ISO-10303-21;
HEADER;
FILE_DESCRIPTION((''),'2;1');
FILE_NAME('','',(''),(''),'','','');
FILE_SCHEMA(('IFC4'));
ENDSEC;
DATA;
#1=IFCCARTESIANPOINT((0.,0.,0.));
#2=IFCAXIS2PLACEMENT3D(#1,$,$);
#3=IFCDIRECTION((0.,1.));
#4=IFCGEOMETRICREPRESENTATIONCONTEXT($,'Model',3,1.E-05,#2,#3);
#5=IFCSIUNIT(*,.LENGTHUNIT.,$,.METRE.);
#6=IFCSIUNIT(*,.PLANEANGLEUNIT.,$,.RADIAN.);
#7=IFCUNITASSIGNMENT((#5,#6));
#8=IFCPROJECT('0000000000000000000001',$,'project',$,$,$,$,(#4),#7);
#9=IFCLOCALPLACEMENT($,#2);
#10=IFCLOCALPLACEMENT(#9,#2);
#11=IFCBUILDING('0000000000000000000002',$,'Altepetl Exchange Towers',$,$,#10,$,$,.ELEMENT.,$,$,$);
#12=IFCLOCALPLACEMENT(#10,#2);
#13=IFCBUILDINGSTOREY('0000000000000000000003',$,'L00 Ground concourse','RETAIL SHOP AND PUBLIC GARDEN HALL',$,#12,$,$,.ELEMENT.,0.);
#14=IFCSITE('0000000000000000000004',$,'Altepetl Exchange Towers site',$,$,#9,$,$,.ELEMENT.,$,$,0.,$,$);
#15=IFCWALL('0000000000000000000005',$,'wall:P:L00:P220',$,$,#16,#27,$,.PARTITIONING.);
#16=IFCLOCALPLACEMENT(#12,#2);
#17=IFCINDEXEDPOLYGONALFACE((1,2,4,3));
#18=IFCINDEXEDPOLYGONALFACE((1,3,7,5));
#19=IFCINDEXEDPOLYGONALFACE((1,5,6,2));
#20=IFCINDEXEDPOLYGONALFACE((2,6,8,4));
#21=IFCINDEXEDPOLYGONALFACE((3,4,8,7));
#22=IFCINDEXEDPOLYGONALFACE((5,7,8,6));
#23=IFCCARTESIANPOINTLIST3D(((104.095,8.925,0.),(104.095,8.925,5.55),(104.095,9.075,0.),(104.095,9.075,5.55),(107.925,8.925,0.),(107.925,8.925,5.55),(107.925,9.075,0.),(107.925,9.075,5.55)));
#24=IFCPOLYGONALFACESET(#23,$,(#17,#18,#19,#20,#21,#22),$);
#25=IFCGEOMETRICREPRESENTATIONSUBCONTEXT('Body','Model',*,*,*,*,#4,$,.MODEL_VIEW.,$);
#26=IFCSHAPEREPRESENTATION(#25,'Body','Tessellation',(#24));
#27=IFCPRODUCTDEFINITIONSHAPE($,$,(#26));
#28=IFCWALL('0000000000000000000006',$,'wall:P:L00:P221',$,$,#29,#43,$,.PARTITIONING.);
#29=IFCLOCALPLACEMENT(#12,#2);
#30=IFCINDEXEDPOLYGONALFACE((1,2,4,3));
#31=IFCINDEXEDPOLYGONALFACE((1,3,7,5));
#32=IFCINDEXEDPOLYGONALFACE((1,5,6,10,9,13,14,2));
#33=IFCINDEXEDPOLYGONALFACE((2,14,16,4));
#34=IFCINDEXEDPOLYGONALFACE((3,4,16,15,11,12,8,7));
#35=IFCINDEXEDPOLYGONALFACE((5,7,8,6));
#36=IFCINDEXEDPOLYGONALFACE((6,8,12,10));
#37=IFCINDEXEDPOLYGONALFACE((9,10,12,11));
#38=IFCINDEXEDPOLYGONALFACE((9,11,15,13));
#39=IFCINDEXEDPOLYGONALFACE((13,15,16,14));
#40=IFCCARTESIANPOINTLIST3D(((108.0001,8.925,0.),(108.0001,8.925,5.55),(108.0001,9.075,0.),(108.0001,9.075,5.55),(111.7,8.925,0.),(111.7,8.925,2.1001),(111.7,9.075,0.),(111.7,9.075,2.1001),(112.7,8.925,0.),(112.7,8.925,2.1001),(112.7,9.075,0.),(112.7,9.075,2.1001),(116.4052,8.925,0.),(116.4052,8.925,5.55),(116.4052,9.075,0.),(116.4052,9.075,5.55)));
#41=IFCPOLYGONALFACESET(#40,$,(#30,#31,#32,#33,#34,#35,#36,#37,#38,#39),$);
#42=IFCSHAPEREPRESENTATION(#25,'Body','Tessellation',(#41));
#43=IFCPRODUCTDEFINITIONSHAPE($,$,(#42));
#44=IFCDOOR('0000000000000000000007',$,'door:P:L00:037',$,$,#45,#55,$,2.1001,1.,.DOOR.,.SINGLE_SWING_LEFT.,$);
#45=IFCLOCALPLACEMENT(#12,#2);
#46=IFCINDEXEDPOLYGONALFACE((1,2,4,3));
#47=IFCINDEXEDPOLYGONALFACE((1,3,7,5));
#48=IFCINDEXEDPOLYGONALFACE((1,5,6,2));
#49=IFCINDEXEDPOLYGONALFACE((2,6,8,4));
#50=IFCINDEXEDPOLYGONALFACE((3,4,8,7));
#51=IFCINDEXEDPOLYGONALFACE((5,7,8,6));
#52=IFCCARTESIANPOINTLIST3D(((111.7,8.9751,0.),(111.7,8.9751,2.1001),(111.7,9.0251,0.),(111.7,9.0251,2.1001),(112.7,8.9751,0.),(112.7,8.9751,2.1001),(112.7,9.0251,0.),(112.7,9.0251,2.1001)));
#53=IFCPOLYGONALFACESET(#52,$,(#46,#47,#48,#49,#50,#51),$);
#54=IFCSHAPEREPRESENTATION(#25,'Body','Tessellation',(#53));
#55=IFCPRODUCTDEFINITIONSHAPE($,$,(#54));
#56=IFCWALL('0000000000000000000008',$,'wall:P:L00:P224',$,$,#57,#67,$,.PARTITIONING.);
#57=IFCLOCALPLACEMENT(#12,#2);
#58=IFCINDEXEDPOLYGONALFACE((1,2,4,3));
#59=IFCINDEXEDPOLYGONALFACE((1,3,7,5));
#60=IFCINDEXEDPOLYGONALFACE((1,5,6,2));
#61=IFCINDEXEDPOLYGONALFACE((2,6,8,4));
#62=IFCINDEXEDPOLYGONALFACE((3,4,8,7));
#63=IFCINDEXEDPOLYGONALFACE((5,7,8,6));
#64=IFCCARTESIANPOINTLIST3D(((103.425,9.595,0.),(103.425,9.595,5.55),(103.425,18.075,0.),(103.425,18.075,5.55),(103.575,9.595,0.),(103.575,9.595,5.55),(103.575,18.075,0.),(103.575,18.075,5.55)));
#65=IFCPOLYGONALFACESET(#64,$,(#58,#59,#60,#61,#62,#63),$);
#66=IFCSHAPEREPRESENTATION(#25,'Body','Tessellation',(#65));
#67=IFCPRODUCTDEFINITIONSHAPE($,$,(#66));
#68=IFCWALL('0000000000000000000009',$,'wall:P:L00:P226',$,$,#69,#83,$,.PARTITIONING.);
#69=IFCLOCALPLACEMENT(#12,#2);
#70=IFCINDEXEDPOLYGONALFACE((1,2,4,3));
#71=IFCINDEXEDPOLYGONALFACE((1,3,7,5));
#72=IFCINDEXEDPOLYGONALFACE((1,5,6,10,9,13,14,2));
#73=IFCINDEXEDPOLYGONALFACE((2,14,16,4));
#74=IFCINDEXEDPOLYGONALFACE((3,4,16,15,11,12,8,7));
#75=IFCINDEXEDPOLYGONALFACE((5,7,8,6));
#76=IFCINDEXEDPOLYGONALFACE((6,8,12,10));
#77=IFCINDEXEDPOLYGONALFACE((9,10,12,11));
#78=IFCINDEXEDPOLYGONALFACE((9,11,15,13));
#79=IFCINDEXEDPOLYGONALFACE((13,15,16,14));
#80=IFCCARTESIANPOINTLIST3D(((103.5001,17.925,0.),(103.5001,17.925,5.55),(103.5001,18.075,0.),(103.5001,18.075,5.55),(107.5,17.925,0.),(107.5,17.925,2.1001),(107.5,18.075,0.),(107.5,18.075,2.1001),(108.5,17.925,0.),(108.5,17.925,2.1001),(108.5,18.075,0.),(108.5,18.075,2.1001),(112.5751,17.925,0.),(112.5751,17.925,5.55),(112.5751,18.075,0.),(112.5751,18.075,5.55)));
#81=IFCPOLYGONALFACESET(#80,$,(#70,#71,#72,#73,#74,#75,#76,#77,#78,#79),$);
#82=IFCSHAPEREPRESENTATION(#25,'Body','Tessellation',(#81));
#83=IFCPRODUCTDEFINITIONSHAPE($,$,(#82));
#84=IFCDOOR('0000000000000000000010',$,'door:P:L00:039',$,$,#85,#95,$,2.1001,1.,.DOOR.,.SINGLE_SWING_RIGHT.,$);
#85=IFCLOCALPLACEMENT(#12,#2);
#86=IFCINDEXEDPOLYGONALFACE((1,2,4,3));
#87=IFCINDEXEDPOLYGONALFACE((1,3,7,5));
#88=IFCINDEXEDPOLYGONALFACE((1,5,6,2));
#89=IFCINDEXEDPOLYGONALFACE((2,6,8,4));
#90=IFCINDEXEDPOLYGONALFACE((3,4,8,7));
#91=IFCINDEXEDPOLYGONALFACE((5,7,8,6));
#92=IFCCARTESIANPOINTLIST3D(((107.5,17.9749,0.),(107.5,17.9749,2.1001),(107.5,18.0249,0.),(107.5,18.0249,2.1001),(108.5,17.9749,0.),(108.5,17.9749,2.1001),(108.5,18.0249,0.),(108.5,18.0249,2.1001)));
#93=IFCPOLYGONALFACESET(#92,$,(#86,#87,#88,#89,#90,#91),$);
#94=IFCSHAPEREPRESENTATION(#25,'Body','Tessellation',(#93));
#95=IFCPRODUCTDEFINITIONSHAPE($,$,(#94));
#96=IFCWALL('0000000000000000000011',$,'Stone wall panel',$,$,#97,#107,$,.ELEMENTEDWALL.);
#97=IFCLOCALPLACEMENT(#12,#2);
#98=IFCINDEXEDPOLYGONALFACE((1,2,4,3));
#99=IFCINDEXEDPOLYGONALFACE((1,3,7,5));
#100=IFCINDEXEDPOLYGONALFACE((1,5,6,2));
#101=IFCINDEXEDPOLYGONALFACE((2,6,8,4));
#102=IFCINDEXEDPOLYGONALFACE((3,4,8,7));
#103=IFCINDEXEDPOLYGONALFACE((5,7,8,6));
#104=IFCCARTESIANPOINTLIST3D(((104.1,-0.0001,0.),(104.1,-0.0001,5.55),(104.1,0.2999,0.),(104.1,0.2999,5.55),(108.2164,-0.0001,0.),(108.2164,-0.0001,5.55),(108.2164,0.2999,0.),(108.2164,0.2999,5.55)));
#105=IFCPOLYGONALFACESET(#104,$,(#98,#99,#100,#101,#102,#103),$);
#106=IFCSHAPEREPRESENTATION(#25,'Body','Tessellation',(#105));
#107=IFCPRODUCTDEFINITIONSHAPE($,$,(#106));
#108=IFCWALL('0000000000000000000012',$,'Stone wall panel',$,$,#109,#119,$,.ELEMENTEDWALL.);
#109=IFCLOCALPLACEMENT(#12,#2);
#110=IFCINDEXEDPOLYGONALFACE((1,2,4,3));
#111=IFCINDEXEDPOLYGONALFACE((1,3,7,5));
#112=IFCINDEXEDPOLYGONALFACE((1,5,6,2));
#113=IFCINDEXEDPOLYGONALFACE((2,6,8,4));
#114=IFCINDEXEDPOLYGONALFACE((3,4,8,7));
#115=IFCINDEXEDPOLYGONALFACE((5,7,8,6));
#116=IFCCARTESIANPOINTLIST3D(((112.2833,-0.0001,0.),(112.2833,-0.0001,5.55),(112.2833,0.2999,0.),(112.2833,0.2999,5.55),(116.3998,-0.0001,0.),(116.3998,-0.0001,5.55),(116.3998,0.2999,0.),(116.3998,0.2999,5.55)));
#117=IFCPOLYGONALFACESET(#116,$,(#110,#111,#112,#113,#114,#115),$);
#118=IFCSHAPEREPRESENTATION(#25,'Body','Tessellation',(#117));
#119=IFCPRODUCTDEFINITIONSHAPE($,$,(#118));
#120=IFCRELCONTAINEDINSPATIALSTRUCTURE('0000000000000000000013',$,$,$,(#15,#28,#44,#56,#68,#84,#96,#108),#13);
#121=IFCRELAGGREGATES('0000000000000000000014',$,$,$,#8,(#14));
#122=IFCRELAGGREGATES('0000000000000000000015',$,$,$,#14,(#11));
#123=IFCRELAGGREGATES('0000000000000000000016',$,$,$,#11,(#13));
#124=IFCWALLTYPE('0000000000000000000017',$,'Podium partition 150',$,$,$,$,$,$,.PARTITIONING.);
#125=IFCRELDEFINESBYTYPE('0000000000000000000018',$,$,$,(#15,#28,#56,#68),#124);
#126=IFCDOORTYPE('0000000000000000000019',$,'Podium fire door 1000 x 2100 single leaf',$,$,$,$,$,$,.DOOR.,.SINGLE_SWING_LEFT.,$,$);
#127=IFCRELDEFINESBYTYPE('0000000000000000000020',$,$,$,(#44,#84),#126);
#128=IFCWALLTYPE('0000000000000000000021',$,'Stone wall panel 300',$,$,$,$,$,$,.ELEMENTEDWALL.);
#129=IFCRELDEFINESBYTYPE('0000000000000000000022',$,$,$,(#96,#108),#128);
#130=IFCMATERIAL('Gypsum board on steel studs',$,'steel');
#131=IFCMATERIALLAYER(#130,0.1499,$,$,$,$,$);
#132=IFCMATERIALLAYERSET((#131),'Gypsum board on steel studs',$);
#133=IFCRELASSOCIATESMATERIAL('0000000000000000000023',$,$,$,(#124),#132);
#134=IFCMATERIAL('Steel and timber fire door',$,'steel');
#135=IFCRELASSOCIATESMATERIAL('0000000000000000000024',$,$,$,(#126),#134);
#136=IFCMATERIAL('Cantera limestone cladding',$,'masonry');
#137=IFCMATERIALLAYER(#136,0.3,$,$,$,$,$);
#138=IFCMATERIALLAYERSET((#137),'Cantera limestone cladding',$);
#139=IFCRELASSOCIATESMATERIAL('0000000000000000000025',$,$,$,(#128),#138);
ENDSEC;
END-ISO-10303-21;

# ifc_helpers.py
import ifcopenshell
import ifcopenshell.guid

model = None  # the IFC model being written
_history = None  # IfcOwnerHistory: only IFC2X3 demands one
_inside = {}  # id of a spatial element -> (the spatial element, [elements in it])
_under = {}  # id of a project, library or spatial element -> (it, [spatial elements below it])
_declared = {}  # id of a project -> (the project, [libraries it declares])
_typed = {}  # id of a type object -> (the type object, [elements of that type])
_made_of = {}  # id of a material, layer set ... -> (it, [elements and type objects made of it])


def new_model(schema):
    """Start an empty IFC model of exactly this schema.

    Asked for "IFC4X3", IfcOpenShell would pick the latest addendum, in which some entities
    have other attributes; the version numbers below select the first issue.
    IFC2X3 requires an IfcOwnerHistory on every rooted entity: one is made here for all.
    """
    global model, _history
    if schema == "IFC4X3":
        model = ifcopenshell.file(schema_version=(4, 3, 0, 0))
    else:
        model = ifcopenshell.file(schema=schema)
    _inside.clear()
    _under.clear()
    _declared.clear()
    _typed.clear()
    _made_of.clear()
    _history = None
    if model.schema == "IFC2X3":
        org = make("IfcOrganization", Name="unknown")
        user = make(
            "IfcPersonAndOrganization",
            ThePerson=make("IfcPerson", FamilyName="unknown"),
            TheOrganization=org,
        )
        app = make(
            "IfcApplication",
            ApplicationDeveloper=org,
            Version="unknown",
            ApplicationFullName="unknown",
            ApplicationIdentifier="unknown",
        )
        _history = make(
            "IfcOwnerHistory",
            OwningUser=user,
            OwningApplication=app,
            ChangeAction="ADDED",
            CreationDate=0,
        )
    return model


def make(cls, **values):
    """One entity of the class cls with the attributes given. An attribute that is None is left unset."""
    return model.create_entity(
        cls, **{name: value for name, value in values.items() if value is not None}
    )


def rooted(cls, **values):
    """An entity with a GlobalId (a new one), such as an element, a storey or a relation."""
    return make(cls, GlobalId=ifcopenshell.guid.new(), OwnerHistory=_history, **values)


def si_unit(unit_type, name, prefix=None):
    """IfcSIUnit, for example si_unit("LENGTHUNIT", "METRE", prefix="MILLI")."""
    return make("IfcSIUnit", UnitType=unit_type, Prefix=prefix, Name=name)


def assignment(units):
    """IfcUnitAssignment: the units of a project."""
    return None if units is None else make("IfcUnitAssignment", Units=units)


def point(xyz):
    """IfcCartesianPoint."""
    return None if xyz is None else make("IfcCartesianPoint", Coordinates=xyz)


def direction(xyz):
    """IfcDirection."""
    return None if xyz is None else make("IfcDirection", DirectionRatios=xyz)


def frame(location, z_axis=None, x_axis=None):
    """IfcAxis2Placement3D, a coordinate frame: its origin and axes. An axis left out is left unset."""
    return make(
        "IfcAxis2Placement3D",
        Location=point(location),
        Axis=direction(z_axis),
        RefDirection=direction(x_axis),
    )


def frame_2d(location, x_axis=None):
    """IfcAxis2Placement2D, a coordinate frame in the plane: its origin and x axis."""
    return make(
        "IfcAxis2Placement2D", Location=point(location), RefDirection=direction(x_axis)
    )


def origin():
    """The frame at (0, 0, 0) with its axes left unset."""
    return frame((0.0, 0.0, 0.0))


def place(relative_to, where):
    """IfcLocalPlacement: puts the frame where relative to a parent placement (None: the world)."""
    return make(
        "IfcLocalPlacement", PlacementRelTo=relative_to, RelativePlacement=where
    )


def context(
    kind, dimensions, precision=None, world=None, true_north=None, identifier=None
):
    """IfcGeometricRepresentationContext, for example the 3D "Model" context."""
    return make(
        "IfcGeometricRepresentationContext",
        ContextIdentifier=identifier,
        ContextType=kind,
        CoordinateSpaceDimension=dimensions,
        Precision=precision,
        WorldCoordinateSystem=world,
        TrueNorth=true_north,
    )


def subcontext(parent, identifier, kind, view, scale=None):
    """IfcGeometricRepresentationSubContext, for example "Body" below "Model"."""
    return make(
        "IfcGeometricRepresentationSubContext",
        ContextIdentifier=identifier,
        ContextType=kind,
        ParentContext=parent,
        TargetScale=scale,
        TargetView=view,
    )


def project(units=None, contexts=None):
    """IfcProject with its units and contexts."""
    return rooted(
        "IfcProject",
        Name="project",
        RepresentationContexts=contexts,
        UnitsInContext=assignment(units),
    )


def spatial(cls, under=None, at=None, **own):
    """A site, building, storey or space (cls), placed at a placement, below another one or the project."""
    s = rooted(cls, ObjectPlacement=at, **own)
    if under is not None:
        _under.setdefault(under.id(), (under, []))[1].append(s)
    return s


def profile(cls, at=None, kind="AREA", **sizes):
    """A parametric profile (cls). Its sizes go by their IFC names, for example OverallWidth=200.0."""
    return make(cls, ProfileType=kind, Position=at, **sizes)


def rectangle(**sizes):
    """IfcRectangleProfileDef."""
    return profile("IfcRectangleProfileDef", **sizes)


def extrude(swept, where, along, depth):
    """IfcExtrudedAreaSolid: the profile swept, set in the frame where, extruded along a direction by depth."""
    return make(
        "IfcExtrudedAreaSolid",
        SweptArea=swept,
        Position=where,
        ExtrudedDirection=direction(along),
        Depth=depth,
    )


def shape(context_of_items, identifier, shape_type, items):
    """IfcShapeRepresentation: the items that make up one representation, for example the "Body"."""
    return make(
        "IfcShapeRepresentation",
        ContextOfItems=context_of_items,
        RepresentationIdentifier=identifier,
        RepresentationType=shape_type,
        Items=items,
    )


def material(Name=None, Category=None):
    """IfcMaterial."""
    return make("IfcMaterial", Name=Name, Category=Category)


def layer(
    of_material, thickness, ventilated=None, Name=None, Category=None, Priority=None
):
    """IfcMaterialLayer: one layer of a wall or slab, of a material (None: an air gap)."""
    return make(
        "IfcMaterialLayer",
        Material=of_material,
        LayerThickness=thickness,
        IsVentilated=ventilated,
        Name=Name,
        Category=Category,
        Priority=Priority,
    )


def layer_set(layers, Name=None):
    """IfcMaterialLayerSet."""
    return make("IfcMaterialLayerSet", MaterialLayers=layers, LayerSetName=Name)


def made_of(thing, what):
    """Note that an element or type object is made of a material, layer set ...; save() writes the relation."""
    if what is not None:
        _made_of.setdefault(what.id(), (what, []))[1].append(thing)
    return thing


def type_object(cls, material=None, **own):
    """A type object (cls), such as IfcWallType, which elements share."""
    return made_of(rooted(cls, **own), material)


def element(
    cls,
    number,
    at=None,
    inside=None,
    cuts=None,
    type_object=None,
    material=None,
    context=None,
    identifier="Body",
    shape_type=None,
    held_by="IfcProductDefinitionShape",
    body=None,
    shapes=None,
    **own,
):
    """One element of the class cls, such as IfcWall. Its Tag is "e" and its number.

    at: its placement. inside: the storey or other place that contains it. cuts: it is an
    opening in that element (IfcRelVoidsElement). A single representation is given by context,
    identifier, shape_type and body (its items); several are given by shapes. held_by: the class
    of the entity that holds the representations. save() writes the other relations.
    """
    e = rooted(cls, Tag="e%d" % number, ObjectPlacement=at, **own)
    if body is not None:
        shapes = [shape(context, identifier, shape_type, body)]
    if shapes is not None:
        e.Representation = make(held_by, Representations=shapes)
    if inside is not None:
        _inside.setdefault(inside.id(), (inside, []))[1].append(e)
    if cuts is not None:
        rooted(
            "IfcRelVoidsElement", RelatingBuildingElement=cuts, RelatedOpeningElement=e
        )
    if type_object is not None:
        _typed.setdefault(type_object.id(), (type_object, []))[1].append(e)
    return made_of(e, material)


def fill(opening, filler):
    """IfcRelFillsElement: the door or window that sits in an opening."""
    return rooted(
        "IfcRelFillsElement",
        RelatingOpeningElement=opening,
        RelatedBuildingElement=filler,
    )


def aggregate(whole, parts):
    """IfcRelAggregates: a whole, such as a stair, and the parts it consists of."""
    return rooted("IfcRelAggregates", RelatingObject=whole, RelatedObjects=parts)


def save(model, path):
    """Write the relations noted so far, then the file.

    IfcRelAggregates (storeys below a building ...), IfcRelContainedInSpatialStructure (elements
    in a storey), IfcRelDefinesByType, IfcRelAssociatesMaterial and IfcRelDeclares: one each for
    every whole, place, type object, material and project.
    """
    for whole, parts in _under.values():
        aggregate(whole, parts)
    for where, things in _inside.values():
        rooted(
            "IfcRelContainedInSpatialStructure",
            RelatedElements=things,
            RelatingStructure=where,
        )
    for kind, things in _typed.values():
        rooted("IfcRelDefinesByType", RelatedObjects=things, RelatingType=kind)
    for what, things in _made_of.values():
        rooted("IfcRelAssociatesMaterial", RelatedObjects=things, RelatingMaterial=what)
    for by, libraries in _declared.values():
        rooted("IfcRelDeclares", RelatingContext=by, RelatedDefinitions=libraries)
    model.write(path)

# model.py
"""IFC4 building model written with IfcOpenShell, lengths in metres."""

from ifc_helpers import new_model, si_unit, direction, frame, frame_2d, origin, place, context, subcontext, project, spatial, rectangle, extrude, material, layer, layer_set, type_object, element, fill, save


model = new_model("IFC4")

# Units and contexts
model_context = context("Model", 3, precision=1e-05, world=origin(), true_north=direction((0.0, 1.0)))
body_context = subcontext(model_context, "Body", "Model", "MODEL_VIEW")
ifc_project = project(units=[si_unit("LENGTHUNIT", "METRE"), si_unit("PLANEANGLEUNIT", "RADIAN")], contexts=[model_context])

# Site, building, storey
site_placement = place(None, origin())
site = spatial("IfcSite", under=ifc_project, at=site_placement, Name="Altepetl Exchange Towers site", CompositionType="ELEMENT", RefElevation=0.0)
building_placement = place(site_placement, origin())
building = spatial("IfcBuilding", under=site, at=building_placement, Name="Altepetl Exchange Towers", CompositionType="ELEMENT")
storey_placement = place(building_placement, origin())
storey = spatial("IfcBuildingStorey", under=building, at=storey_placement, Name="L00 Ground concourse", Description="RETAIL SHOP AND PUBLIC GARDEN HALL", CompositionType="ELEMENT", Elevation=0.0)

# Shared definitions
ifc_material_1 = material(Name="Gypsum board on steel studs", Category="steel")
ifc_layer_1 = layer(ifc_material_1, 0.1499)
ifc_layer_set_1 = layer_set([ifc_layer_1], Name="Gypsum board on steel studs")
wall_type_1 = type_object("IfcWallType", Name="Podium partition 150", PredefinedType="PARTITIONING", material=ifc_layer_set_1)
ifc_material_2 = material(Name="Steel and timber fire door", Category="steel")
door_type = type_object("IfcDoorType", Name="Podium fire door 1000 x 2100 single leaf", OperationType="SINGLE_SWING_LEFT", PredefinedType="DOOR", material=ifc_material_2)

# Wall
wall_1_placement = place(storey_placement, frame((104.095, 9.0, 0.0)))
element("IfcWall", 1, at=wall_1_placement, inside=storey, type_object=wall_type_1, Name="wall:P:L00:P220", PredefinedType="PARTITIONING", context=body_context, shape_type="SweptSolid", body=[
    extrude(rectangle(XDim=3.8301, YDim=0.1499, at=frame_2d((1.915, 0.0))), origin(), (0.0, 0.0, 1.0), 5.55),
])

# Wall, opening, door
wall_2_placement = place(storey_placement, frame((108.0, 9.0, 0.0)))
wall_2 = element("IfcWall", 2, at=wall_2_placement, inside=storey, type_object=wall_type_1, Name="wall:P:L00:P221", PredefinedType="PARTITIONING", context=body_context, shape_type="SweptSolid", body=[
    extrude(rectangle(XDim=8.405, YDim=0.1499, at=frame_2d((4.2026, 0.0))), origin(), (0.0, 0.0, 1.0), 5.55),
])
opening_1_placement = place(wall_2_placement, frame((3.7, 0.0, 0.0)))
opening_1 = element("IfcOpeningElement", 3, at=opening_1_placement, cuts=wall_2, PredefinedType="OPENING", context=body_context, shape_type="SweptSolid", body=[
    extrude(rectangle(XDim=1.0, YDim=2.1001, at=frame_2d((0.5, 1.05))), frame((0.0, 0.085, 0.0), z_axis=(0.0, -1.0, 0.0), x_axis=(1.0, 0.0, 0.0)), (0.0, 0.0, 1.0), 0.1699),
])
door_1_placement = place(opening_1_placement, frame((1.0, 0.0, 0.0), x_axis=(-1.0, 0.0, 0.0)))
door_1 = element("IfcDoor", 4, at=door_1_placement, inside=storey, type_object=door_type, Name="door:P:L00:037", OperationType="SINGLE_SWING_LEFT", OverallHeight=2.1001, OverallWidth=1.0, PredefinedType="DOOR", context=body_context, shape_type="SweptSolid", body=[
    extrude(rectangle(XDim=1.0, YDim=2.1001, at=frame_2d((0.5, 1.05))), frame((0.0, 0.0249, 0.0), z_axis=(0.0, -1.0, 0.0), x_axis=(1.0, 0.0, 0.0)), (0.0, 0.0, 1.0), 0.05),
])
fill(opening_1, door_1)

# Wall
wall_3_placement = place(storey_placement, frame((103.5, 9.595, 0.0), z_axis=(0.0, 0.0, 1.0), x_axis=(0.0, 1.0, 0.0)))
element("IfcWall", 5, at=wall_3_placement, inside=storey, type_object=wall_type_1, Name="wall:P:L00:P224", PredefinedType="PARTITIONING", context=body_context, shape_type="SweptSolid", body=[
    extrude(rectangle(XDim=8.48, YDim=0.1499, at=frame_2d((4.24, 0.0))), origin(), (0.0, 0.0, 1.0), 5.55),
])

# Wall, opening, door
wall_4_placement = place(storey_placement, frame((103.5, 18.0, 0.0)))
wall_4 = element("IfcWall", 6, at=wall_4_placement, inside=storey, type_object=wall_type_1, Name="wall:P:L00:P226", PredefinedType="PARTITIONING", context=body_context, shape_type="SweptSolid", body=[
    extrude(rectangle(XDim=9.075, YDim=0.1499, at=frame_2d((4.5376, 0.0))), origin(), (0.0, 0.0, 1.0), 5.55),
])
opening_2_placement = place(wall_4_placement, frame((4.0, 0.0, 0.0)))
opening_2 = element("IfcOpeningElement", 7, at=opening_2_placement, cuts=wall_4, PredefinedType="OPENING", context=body_context, shape_type="SweptSolid", body=[
    extrude(rectangle(XDim=1.0, YDim=2.1001, at=frame_2d((0.5, 1.05))), frame((0.0, 0.085, 0.0), z_axis=(0.0, -1.0, 0.0), x_axis=(1.0, 0.0, 0.0)), (0.0, 0.0, 1.0), 0.1699),
])
door_2_placement = place(opening_2_placement, origin())
door_2 = element("IfcDoor", 8, at=door_2_placement, inside=storey, type_object=door_type, Name="door:P:L00:039", OperationType="SINGLE_SWING_RIGHT", OverallHeight=2.1001, OverallWidth=1.0, PredefinedType="DOOR", context=body_context, shape_type="SweptSolid", body=[
    extrude(rectangle(XDim=1.0, YDim=2.1001, at=frame_2d((0.5, 1.05))), frame((0.0, 0.0249, 0.0), z_axis=(0.0, -1.0, 0.0), x_axis=(1.0, 0.0, 0.0)), (0.0, 0.0, 1.0), 0.05),
])
fill(opening_2, door_2)

# Walls
ifc_material_3 = material(Name="Cantera limestone cladding", Category="masonry")
ifc_layer_2 = layer(ifc_material_3, 0.3)
ifc_layer_set_2 = layer_set([ifc_layer_2], Name="Cantera limestone cladding")
wall_type_2 = type_object("IfcWallType", Name="Stone wall panel 300", PredefinedType="ELEMENTEDWALL", material=ifc_layer_set_2)
for number, where, name in (
    (9, (104.1001, 0.1499, 0.0), "Stone wall panel"),
    (10, (112.2834, 0.1499, 0.0), "Stone wall panel"),
):
    element("IfcWall", number, at=place(storey_placement, frame(where)), inside=storey, type_object=wall_type_2, Name=name, PredefinedType="ELEMENTEDWALL", context=body_context, shape_type="SweptSolid", body=[
        extrude(rectangle(XDim=4.1165, YDim=0.3, at=frame_2d((2.0581, 0.0))), origin(), (0.0, 0.0, 1.0), 5.55),
    ])

save(model, "model.ifc")
